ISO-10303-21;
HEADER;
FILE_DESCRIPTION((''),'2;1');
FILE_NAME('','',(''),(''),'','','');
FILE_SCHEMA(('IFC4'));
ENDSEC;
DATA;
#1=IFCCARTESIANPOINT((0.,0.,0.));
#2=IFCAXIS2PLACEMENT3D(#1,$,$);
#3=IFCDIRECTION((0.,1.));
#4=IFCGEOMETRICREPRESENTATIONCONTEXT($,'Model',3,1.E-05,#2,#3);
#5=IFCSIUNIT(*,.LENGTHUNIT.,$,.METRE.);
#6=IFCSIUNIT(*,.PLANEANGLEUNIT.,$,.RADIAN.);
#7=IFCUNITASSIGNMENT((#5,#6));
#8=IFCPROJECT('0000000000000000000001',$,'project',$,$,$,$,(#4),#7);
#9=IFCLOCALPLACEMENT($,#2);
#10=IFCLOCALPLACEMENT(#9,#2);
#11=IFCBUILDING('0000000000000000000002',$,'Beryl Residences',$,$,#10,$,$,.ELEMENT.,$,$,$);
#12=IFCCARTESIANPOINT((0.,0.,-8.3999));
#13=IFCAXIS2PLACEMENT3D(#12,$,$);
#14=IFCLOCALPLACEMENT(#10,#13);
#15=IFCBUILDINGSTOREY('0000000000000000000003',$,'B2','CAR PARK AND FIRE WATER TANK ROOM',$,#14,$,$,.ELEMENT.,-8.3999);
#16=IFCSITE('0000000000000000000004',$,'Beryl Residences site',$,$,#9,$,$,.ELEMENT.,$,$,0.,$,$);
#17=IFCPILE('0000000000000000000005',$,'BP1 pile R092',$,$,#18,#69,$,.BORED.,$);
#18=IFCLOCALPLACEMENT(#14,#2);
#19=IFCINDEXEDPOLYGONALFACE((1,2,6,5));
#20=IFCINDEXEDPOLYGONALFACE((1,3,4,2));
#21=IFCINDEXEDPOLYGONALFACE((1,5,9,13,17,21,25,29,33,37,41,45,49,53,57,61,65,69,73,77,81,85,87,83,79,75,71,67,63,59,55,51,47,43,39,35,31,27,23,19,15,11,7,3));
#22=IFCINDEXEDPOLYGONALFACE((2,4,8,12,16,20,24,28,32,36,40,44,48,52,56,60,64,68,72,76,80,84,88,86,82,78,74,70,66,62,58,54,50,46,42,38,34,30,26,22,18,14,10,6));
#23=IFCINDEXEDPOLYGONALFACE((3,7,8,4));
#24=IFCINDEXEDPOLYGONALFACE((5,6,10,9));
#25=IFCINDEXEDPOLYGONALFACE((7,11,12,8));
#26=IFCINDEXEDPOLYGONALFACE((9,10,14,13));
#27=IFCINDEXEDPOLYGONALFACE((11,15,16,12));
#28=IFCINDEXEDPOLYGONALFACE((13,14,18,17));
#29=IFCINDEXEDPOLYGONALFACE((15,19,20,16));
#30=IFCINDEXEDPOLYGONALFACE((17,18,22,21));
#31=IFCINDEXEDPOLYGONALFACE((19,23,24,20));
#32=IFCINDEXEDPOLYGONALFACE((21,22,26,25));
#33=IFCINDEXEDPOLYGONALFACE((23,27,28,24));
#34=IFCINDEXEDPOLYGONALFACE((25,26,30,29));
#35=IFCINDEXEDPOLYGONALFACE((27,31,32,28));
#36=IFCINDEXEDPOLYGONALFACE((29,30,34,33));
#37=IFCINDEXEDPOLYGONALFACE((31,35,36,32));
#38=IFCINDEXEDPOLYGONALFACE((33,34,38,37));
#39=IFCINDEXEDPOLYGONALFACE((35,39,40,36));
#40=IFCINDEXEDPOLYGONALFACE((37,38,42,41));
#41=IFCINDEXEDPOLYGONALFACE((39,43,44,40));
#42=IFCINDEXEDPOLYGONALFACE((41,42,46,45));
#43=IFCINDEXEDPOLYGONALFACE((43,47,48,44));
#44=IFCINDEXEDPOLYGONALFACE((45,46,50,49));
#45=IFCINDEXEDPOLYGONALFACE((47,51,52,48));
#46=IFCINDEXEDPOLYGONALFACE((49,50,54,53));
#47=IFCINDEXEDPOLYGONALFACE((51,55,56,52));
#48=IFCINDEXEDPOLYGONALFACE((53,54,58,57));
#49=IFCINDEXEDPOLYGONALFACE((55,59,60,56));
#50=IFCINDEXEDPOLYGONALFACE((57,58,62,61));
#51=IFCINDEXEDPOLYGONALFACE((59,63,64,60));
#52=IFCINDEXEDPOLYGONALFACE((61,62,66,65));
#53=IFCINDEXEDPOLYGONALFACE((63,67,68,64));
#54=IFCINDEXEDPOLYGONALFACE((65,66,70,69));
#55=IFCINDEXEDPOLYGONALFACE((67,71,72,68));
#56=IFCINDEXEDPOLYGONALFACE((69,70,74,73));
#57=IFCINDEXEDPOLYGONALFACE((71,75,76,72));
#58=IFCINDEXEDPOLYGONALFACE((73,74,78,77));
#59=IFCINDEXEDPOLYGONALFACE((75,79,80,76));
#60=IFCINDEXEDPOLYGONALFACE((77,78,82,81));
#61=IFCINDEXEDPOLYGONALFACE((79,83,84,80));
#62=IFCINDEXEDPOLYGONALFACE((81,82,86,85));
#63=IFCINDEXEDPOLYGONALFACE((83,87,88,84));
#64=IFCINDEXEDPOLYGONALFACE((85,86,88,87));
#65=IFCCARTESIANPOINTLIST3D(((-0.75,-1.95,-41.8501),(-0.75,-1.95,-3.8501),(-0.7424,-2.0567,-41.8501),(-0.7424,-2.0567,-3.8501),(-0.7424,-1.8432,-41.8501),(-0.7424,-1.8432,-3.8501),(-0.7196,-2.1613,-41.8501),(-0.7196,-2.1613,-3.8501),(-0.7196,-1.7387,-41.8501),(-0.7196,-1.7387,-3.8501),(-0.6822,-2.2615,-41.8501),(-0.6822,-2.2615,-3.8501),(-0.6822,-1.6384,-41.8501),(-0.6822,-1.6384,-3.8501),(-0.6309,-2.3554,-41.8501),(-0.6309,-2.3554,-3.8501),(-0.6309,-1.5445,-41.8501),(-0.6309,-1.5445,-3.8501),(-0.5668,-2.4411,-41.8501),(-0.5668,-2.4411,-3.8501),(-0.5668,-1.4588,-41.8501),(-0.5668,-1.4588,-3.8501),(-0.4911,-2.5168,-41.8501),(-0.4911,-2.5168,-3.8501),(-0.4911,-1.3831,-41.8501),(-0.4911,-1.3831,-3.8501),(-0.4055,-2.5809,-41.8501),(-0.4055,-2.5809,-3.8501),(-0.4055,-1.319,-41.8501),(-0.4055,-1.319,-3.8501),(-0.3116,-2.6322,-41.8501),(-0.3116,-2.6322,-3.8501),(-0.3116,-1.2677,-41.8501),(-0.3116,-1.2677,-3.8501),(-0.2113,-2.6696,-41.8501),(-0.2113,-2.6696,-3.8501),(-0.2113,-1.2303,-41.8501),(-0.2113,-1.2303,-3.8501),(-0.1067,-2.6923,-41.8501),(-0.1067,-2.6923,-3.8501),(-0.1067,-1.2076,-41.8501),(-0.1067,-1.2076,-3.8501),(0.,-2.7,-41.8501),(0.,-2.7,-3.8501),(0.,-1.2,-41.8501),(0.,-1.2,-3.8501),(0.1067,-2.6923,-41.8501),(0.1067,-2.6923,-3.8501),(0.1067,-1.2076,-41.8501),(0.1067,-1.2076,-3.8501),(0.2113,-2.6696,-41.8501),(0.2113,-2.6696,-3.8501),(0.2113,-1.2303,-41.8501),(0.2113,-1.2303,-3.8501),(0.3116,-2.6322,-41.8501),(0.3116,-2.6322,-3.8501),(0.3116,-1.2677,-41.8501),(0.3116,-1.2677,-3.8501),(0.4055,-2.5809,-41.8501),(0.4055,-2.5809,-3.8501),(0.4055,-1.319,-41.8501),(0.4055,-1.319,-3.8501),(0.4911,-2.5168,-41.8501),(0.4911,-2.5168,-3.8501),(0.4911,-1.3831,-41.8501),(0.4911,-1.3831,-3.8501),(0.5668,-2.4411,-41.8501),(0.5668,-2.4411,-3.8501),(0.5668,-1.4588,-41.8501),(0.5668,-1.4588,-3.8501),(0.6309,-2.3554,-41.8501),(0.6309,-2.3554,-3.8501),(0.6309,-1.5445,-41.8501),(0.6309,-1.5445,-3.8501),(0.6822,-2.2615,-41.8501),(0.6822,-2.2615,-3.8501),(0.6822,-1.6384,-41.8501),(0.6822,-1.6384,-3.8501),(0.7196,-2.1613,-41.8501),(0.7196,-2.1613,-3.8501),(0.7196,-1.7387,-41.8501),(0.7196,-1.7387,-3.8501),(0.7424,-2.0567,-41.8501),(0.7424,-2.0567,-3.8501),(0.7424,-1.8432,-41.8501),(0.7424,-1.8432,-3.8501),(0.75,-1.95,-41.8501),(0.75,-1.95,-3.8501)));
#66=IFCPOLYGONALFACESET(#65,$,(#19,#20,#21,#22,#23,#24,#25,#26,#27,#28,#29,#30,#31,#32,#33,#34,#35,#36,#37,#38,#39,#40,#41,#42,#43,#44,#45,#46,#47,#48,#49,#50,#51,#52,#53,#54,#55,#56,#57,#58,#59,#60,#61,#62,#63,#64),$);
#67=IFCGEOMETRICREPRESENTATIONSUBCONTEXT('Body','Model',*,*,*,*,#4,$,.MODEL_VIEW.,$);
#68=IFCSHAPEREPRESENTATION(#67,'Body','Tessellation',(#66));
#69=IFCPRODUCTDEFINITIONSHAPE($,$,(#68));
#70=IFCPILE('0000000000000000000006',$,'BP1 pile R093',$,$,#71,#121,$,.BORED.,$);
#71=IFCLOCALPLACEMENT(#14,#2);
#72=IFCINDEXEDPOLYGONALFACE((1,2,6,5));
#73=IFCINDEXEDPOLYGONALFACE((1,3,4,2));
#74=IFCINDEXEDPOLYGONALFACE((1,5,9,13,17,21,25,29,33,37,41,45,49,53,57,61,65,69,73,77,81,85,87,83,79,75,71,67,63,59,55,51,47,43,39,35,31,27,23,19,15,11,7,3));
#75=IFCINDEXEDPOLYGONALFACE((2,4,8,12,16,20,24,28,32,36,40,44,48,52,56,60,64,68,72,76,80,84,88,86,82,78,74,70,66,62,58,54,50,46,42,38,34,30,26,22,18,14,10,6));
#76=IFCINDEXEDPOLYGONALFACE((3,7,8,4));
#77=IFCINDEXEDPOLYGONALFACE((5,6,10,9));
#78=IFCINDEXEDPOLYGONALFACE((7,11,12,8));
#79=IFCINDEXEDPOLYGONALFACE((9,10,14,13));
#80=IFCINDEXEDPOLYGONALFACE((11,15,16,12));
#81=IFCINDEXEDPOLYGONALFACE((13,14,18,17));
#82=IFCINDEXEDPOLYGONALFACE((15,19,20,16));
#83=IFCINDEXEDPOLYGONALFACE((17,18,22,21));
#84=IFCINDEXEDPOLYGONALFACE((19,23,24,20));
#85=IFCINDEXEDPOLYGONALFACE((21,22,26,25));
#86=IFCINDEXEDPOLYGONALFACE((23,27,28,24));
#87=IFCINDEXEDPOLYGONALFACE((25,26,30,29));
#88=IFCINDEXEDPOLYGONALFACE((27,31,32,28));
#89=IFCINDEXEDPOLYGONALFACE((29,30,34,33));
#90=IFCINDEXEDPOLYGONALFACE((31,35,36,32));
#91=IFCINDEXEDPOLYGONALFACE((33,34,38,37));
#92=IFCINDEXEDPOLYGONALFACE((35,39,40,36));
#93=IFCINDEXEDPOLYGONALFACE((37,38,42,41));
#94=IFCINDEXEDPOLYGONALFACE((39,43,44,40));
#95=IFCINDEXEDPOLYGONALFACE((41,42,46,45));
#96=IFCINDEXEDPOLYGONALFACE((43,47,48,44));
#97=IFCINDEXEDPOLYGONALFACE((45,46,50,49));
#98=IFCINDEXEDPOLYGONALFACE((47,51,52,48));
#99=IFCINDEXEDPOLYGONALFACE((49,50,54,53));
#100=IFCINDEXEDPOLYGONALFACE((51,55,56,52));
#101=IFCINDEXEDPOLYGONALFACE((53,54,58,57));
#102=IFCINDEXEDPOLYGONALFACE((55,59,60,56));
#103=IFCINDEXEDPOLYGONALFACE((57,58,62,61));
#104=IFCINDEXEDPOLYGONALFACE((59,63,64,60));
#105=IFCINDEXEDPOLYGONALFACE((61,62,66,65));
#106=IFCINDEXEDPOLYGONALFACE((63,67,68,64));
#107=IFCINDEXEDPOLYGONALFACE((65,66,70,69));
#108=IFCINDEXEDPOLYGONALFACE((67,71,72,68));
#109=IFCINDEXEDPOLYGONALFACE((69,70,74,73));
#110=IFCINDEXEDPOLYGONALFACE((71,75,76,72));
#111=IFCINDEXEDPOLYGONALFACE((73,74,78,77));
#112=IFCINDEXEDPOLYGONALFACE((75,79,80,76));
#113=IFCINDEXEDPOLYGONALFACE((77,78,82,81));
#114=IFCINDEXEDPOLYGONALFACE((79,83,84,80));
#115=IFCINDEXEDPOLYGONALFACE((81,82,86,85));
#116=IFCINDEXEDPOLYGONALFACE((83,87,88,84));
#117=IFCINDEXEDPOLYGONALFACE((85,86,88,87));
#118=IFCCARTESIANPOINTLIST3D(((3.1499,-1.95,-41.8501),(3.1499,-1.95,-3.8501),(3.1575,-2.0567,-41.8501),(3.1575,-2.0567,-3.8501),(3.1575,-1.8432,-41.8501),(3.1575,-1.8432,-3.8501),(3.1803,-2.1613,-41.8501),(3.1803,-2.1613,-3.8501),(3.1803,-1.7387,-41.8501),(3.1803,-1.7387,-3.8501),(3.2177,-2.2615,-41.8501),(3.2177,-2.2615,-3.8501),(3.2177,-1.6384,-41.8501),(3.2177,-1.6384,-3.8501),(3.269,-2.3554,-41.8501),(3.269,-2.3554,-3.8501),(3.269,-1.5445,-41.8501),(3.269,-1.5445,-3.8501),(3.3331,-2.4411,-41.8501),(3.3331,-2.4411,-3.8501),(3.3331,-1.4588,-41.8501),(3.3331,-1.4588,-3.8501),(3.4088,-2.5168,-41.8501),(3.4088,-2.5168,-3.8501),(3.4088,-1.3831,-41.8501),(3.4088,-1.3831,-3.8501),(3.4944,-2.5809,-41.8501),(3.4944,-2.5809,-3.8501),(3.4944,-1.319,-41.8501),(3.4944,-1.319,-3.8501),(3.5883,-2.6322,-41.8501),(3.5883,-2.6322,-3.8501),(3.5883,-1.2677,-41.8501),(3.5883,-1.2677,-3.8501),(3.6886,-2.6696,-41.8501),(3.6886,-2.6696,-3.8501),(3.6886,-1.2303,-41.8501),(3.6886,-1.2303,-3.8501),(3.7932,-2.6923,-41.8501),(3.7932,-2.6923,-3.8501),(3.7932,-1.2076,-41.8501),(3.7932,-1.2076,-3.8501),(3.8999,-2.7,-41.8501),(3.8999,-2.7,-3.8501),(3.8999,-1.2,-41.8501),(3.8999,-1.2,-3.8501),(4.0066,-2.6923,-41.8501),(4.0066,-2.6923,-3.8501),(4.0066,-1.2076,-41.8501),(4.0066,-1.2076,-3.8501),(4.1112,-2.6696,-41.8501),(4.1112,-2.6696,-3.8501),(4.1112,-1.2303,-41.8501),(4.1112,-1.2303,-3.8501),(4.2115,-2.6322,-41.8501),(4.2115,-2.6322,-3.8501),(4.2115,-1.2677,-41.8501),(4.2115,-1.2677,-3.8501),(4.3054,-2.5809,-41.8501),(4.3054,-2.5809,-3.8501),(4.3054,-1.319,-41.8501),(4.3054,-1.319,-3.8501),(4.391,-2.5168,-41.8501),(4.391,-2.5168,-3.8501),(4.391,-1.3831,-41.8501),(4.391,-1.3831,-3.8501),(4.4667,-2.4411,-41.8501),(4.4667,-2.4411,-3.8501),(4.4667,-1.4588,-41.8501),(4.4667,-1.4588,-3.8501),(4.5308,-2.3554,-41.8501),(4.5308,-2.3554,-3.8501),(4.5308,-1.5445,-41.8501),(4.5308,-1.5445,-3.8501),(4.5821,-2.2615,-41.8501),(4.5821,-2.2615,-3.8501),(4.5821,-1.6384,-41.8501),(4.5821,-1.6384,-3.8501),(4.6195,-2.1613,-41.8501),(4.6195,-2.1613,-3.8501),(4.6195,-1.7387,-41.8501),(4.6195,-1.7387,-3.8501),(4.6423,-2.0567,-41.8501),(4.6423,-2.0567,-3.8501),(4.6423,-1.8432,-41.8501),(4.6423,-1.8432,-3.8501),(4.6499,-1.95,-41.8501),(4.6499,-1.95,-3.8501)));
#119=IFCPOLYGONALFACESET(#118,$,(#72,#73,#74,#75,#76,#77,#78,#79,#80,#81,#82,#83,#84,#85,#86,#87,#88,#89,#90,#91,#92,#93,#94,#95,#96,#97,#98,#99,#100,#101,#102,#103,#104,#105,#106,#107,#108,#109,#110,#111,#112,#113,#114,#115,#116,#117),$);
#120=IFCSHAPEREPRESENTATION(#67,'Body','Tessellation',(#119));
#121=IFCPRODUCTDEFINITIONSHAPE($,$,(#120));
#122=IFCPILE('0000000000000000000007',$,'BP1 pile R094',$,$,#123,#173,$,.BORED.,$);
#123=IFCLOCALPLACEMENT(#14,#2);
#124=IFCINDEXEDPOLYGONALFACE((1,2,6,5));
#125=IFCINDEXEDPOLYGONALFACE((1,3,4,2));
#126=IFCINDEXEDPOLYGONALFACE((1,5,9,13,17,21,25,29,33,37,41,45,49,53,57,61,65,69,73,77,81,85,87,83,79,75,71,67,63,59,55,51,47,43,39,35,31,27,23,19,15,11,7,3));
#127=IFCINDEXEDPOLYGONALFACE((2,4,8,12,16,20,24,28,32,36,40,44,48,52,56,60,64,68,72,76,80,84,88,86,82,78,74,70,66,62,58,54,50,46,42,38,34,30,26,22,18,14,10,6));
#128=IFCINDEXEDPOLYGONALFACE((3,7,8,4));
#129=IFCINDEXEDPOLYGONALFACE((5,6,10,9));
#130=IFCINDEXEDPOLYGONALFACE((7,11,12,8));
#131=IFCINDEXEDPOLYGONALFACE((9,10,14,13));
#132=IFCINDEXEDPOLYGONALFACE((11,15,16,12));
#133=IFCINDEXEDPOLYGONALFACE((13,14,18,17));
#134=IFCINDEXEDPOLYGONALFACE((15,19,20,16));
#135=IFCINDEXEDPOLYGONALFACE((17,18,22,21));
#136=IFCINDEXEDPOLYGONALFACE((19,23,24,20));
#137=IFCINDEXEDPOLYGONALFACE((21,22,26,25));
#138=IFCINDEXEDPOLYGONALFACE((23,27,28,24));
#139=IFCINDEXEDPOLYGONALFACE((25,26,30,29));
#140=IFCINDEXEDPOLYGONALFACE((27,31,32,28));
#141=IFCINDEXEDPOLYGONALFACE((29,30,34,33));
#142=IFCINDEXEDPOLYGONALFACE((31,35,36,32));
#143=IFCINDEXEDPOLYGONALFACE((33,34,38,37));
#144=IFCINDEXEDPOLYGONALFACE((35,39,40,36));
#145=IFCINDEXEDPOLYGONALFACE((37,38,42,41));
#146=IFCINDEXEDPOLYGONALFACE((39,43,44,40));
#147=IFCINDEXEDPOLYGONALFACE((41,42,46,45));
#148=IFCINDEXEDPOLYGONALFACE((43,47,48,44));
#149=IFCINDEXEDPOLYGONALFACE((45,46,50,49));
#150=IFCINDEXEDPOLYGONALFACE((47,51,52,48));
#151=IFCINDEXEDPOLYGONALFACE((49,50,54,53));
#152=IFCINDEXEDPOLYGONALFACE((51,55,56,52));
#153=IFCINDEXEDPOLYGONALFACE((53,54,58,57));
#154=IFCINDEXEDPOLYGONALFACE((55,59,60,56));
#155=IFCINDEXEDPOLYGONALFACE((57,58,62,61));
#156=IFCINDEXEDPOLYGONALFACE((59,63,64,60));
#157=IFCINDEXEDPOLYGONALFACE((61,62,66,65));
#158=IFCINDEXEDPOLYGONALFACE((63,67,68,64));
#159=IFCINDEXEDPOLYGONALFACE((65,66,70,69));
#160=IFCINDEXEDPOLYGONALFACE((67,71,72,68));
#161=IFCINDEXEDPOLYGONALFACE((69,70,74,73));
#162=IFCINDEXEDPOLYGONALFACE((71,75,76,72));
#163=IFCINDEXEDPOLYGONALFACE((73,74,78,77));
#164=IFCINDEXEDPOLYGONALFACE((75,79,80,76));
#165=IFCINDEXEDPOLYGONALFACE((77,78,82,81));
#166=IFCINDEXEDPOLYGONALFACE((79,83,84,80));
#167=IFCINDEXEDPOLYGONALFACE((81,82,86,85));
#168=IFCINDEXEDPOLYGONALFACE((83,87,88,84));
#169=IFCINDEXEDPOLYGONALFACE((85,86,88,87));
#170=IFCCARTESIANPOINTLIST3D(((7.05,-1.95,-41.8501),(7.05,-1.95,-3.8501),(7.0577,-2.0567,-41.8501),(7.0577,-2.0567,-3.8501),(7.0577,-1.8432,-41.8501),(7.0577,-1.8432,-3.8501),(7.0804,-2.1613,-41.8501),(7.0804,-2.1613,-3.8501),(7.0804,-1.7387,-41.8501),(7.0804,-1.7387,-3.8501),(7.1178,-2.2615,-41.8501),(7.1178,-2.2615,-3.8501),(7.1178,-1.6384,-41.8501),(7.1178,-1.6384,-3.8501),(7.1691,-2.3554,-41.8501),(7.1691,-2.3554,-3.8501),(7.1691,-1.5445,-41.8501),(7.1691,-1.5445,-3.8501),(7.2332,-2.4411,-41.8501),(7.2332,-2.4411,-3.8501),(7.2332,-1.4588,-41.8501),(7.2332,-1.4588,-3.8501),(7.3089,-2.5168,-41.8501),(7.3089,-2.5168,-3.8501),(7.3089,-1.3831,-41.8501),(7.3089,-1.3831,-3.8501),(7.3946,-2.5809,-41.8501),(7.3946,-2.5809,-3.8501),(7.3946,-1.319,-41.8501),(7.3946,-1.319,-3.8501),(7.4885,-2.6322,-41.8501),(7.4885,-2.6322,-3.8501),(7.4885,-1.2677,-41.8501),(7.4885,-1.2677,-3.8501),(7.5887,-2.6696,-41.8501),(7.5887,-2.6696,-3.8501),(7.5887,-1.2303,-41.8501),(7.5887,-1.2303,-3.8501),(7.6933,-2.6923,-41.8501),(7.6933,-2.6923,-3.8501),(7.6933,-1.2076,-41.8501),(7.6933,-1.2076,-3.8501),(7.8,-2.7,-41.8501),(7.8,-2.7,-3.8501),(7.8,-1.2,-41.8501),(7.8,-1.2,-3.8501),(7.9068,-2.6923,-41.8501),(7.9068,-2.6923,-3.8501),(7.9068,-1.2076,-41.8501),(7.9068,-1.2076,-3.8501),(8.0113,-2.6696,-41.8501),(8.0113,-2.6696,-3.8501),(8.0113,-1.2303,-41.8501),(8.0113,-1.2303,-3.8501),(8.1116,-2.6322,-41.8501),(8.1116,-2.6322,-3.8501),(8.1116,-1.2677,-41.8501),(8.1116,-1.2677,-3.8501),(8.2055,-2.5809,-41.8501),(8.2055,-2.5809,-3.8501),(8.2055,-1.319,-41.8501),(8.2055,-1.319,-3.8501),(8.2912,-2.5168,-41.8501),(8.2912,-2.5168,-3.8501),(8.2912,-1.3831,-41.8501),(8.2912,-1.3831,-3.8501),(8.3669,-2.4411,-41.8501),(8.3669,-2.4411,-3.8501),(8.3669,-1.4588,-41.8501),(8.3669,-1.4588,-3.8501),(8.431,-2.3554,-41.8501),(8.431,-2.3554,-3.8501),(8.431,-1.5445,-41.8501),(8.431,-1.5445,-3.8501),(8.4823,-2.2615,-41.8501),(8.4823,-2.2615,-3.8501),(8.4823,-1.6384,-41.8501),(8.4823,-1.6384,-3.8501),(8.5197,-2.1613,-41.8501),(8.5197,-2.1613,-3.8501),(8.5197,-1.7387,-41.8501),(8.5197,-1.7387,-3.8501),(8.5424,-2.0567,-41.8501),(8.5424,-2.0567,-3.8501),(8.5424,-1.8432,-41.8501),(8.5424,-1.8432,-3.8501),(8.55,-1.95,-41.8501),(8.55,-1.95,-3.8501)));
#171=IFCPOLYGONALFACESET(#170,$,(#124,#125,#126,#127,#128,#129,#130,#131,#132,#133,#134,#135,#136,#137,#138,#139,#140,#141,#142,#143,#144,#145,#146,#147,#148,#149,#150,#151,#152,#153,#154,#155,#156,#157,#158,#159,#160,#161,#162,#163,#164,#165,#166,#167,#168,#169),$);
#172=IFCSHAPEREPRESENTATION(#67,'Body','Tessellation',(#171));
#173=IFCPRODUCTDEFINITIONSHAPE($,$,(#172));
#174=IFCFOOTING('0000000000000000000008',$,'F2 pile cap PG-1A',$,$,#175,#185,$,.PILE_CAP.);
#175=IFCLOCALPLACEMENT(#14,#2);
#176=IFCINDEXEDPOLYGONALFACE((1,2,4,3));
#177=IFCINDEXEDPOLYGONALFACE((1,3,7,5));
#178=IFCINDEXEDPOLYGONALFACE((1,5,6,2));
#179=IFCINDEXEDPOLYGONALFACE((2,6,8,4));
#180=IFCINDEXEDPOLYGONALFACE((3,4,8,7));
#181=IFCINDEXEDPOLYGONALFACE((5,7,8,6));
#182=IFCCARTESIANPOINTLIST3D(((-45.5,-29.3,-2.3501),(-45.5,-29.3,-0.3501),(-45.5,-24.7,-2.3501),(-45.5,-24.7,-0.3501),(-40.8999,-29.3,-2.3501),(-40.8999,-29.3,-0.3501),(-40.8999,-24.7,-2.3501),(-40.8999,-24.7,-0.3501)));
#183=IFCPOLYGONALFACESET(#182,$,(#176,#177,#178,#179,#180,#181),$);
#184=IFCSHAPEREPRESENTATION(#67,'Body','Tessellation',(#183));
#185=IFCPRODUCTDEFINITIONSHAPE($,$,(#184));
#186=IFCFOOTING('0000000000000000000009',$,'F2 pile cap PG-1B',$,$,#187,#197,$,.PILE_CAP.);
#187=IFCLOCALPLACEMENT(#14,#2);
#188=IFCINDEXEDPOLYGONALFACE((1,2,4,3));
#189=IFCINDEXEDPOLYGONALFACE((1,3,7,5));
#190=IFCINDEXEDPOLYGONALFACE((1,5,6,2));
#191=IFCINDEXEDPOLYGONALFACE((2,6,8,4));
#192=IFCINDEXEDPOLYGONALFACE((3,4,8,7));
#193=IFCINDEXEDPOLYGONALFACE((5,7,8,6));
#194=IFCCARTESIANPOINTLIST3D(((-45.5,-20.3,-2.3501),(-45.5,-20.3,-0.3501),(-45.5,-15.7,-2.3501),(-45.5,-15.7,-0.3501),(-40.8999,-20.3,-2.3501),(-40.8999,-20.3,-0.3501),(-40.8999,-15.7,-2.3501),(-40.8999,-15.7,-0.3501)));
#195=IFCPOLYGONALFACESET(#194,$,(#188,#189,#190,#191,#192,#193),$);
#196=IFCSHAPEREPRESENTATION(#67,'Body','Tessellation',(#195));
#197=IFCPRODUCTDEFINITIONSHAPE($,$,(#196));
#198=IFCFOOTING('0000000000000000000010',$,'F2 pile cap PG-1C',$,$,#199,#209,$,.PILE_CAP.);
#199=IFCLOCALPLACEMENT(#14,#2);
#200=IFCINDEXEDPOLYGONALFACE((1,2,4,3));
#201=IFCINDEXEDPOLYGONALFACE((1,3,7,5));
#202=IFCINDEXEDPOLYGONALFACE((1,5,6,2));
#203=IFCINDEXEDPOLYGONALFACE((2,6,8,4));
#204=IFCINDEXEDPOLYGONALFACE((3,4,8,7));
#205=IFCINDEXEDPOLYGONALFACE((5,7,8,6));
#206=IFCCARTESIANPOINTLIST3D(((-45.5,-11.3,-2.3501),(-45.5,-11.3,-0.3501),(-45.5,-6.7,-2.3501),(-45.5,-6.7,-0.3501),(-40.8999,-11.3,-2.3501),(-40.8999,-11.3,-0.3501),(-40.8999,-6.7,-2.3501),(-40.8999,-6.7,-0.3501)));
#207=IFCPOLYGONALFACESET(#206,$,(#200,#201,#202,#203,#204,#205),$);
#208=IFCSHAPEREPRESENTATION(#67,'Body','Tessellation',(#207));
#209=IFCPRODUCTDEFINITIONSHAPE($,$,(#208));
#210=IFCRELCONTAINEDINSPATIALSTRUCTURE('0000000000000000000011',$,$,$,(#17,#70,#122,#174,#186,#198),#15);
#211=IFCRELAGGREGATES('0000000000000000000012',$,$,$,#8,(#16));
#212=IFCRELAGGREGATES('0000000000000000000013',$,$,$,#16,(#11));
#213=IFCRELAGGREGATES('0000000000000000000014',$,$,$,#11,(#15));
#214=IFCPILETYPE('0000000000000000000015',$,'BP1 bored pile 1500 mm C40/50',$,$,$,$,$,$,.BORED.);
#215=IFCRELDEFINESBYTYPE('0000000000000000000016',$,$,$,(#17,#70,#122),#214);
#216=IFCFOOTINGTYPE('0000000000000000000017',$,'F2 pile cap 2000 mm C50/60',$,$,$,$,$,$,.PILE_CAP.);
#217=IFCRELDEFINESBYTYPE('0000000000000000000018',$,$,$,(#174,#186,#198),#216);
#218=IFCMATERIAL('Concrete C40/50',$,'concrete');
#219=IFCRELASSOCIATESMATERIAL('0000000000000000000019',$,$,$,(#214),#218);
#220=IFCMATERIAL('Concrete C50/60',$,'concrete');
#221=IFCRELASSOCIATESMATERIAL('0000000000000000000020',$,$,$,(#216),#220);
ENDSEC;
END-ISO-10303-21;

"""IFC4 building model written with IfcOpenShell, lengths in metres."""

from ifc_helpers import new_model, si_unit, direction, frame, origin, origin_2d, place, context, subcontext, project, spatial, polyline, circle, outline, extrude, material, material_profile, profile_set, type_object, element, save


model = new_model("IFC4")

# Units and contexts
model_context = context("Model", 3, precision=1e-05, world=origin(), true_north=direction((0.0, 1.0)))
body_context = subcontext(model_context, "Body", "Model", "MODEL_VIEW")
ifc_project = project(units=[si_unit("LENGTHUNIT", "METRE"), si_unit("PLANEANGLEUNIT", "RADIAN")], contexts=[model_context])

# Site, building, storey
site_placement = place(None, origin())
site = spatial("IfcSite", under=ifc_project, at=site_placement, Name="Beryl Residences site", CompositionType="ELEMENT", RefElevation=0.0)
building_placement = place(site_placement, origin())
building = spatial("IfcBuilding", under=site, at=building_placement, Name="Beryl Residences", CompositionType="ELEMENT")
storey_placement = place(building_placement, frame((0.0, 0.0, -8.3999)))
storey = spatial("IfcBuildingStorey", under=building, at=storey_placement, Name="B2", Description="CAR PARK AND FIRE WATER TANK ROOM", CompositionType="ELEMENT", Elevation=-8.3999)

# Piles
ifc_material_1 = material(Name="Concrete C40/50", Category="concrete")
ifc_material_profile_1 = material_profile(ifc_material_1, circle(Radius=0.75, at=origin_2d()))
ifc_profile_set_1 = profile_set([ifc_material_profile_1], Name="Concrete C40/50")
pile_type = type_object("IfcPileType", Name="BP1 bored pile 1500 mm C40/50", PredefinedType="BORED", material=ifc_profile_set_1)
for number, where, z_axis, x_axis, name in (
    (1, (0.0, -1.95, -3.8501), (0.0, 0.0, -1.0), (1.0, 0.0, 0.0), "BP1 pile R092"),
    (2, (3.8999, -1.95, -3.8501), (0.0, 0.0, -1.0), (1.0, 0.0, 0.0), "BP1 pile R093"),
    (3, (7.8, -1.95, -3.8501), (0.0, 0.0, -1.0), (1.0, 0.0, 0.0), "BP1 pile R094"),
):
    element("IfcPile", number, at=place(storey_placement, frame(where, z_axis=z_axis, x_axis=x_axis)), inside=storey, type_object=pile_type, Name=name, PredefinedType="BORED", context=body_context, shape_type="SweptSolid", body=[
        extrude(circle(Radius=0.75, at=origin_2d()), origin(), (0.0, 0.0, 1.0), 38.0),
    ])

# Footings
ifc_material_2 = material(Name="Concrete C50/60", Category="concrete")
footing_type = type_object("IfcFootingType", Name="F2 pile cap 2000 mm C50/60", PredefinedType="PILE_CAP", material=ifc_material_2)
footing_1_placement = place(storey_placement, frame((0.0, 0.0, -2.3501)))
element("IfcFooting", 4, at=footing_1_placement, inside=storey, type_object=footing_type, Name="F2 pile cap PG-1A", PredefinedType="PILE_CAP", context=body_context, shape_type="SweptSolid", body=[
    extrude(outline(polyline([(-45.5, -29.3), (-45.5, -24.7), (-40.8999, -24.7), (-40.8999, -29.3), (-45.5, -29.3)])), origin(), (0.0, 0.0, 1.0), 2.0),
])
footing_2_placement = place(storey_placement, frame((0.0, 0.0, -2.3501)))
element("IfcFooting", 5, at=footing_2_placement, inside=storey, type_object=footing_type, Name="F2 pile cap PG-1B", PredefinedType="PILE_CAP", context=body_context, shape_type="SweptSolid", body=[
    extrude(outline(polyline([(-45.5, -20.3), (-45.5, -15.7), (-40.8999, -15.7), (-40.8999, -20.3), (-45.5, -20.3)])), origin(), (0.0, 0.0, 1.0), 2.0),
])
footing_3_placement = place(storey_placement, frame((0.0, 0.0, -2.3501)))
element("IfcFooting", 6, at=footing_3_placement, inside=storey, type_object=footing_type, Name="F2 pile cap PG-1C", PredefinedType="PILE_CAP", context=body_context, shape_type="SweptSolid", body=[
    extrude(outline(polyline([(-45.5, -11.3), (-45.5, -6.7), (-40.8999, -6.7), (-40.8999, -11.3), (-45.5, -11.3)])), origin(), (0.0, 0.0, 1.0), 2.0),
])

save(model, "model.ifc")
